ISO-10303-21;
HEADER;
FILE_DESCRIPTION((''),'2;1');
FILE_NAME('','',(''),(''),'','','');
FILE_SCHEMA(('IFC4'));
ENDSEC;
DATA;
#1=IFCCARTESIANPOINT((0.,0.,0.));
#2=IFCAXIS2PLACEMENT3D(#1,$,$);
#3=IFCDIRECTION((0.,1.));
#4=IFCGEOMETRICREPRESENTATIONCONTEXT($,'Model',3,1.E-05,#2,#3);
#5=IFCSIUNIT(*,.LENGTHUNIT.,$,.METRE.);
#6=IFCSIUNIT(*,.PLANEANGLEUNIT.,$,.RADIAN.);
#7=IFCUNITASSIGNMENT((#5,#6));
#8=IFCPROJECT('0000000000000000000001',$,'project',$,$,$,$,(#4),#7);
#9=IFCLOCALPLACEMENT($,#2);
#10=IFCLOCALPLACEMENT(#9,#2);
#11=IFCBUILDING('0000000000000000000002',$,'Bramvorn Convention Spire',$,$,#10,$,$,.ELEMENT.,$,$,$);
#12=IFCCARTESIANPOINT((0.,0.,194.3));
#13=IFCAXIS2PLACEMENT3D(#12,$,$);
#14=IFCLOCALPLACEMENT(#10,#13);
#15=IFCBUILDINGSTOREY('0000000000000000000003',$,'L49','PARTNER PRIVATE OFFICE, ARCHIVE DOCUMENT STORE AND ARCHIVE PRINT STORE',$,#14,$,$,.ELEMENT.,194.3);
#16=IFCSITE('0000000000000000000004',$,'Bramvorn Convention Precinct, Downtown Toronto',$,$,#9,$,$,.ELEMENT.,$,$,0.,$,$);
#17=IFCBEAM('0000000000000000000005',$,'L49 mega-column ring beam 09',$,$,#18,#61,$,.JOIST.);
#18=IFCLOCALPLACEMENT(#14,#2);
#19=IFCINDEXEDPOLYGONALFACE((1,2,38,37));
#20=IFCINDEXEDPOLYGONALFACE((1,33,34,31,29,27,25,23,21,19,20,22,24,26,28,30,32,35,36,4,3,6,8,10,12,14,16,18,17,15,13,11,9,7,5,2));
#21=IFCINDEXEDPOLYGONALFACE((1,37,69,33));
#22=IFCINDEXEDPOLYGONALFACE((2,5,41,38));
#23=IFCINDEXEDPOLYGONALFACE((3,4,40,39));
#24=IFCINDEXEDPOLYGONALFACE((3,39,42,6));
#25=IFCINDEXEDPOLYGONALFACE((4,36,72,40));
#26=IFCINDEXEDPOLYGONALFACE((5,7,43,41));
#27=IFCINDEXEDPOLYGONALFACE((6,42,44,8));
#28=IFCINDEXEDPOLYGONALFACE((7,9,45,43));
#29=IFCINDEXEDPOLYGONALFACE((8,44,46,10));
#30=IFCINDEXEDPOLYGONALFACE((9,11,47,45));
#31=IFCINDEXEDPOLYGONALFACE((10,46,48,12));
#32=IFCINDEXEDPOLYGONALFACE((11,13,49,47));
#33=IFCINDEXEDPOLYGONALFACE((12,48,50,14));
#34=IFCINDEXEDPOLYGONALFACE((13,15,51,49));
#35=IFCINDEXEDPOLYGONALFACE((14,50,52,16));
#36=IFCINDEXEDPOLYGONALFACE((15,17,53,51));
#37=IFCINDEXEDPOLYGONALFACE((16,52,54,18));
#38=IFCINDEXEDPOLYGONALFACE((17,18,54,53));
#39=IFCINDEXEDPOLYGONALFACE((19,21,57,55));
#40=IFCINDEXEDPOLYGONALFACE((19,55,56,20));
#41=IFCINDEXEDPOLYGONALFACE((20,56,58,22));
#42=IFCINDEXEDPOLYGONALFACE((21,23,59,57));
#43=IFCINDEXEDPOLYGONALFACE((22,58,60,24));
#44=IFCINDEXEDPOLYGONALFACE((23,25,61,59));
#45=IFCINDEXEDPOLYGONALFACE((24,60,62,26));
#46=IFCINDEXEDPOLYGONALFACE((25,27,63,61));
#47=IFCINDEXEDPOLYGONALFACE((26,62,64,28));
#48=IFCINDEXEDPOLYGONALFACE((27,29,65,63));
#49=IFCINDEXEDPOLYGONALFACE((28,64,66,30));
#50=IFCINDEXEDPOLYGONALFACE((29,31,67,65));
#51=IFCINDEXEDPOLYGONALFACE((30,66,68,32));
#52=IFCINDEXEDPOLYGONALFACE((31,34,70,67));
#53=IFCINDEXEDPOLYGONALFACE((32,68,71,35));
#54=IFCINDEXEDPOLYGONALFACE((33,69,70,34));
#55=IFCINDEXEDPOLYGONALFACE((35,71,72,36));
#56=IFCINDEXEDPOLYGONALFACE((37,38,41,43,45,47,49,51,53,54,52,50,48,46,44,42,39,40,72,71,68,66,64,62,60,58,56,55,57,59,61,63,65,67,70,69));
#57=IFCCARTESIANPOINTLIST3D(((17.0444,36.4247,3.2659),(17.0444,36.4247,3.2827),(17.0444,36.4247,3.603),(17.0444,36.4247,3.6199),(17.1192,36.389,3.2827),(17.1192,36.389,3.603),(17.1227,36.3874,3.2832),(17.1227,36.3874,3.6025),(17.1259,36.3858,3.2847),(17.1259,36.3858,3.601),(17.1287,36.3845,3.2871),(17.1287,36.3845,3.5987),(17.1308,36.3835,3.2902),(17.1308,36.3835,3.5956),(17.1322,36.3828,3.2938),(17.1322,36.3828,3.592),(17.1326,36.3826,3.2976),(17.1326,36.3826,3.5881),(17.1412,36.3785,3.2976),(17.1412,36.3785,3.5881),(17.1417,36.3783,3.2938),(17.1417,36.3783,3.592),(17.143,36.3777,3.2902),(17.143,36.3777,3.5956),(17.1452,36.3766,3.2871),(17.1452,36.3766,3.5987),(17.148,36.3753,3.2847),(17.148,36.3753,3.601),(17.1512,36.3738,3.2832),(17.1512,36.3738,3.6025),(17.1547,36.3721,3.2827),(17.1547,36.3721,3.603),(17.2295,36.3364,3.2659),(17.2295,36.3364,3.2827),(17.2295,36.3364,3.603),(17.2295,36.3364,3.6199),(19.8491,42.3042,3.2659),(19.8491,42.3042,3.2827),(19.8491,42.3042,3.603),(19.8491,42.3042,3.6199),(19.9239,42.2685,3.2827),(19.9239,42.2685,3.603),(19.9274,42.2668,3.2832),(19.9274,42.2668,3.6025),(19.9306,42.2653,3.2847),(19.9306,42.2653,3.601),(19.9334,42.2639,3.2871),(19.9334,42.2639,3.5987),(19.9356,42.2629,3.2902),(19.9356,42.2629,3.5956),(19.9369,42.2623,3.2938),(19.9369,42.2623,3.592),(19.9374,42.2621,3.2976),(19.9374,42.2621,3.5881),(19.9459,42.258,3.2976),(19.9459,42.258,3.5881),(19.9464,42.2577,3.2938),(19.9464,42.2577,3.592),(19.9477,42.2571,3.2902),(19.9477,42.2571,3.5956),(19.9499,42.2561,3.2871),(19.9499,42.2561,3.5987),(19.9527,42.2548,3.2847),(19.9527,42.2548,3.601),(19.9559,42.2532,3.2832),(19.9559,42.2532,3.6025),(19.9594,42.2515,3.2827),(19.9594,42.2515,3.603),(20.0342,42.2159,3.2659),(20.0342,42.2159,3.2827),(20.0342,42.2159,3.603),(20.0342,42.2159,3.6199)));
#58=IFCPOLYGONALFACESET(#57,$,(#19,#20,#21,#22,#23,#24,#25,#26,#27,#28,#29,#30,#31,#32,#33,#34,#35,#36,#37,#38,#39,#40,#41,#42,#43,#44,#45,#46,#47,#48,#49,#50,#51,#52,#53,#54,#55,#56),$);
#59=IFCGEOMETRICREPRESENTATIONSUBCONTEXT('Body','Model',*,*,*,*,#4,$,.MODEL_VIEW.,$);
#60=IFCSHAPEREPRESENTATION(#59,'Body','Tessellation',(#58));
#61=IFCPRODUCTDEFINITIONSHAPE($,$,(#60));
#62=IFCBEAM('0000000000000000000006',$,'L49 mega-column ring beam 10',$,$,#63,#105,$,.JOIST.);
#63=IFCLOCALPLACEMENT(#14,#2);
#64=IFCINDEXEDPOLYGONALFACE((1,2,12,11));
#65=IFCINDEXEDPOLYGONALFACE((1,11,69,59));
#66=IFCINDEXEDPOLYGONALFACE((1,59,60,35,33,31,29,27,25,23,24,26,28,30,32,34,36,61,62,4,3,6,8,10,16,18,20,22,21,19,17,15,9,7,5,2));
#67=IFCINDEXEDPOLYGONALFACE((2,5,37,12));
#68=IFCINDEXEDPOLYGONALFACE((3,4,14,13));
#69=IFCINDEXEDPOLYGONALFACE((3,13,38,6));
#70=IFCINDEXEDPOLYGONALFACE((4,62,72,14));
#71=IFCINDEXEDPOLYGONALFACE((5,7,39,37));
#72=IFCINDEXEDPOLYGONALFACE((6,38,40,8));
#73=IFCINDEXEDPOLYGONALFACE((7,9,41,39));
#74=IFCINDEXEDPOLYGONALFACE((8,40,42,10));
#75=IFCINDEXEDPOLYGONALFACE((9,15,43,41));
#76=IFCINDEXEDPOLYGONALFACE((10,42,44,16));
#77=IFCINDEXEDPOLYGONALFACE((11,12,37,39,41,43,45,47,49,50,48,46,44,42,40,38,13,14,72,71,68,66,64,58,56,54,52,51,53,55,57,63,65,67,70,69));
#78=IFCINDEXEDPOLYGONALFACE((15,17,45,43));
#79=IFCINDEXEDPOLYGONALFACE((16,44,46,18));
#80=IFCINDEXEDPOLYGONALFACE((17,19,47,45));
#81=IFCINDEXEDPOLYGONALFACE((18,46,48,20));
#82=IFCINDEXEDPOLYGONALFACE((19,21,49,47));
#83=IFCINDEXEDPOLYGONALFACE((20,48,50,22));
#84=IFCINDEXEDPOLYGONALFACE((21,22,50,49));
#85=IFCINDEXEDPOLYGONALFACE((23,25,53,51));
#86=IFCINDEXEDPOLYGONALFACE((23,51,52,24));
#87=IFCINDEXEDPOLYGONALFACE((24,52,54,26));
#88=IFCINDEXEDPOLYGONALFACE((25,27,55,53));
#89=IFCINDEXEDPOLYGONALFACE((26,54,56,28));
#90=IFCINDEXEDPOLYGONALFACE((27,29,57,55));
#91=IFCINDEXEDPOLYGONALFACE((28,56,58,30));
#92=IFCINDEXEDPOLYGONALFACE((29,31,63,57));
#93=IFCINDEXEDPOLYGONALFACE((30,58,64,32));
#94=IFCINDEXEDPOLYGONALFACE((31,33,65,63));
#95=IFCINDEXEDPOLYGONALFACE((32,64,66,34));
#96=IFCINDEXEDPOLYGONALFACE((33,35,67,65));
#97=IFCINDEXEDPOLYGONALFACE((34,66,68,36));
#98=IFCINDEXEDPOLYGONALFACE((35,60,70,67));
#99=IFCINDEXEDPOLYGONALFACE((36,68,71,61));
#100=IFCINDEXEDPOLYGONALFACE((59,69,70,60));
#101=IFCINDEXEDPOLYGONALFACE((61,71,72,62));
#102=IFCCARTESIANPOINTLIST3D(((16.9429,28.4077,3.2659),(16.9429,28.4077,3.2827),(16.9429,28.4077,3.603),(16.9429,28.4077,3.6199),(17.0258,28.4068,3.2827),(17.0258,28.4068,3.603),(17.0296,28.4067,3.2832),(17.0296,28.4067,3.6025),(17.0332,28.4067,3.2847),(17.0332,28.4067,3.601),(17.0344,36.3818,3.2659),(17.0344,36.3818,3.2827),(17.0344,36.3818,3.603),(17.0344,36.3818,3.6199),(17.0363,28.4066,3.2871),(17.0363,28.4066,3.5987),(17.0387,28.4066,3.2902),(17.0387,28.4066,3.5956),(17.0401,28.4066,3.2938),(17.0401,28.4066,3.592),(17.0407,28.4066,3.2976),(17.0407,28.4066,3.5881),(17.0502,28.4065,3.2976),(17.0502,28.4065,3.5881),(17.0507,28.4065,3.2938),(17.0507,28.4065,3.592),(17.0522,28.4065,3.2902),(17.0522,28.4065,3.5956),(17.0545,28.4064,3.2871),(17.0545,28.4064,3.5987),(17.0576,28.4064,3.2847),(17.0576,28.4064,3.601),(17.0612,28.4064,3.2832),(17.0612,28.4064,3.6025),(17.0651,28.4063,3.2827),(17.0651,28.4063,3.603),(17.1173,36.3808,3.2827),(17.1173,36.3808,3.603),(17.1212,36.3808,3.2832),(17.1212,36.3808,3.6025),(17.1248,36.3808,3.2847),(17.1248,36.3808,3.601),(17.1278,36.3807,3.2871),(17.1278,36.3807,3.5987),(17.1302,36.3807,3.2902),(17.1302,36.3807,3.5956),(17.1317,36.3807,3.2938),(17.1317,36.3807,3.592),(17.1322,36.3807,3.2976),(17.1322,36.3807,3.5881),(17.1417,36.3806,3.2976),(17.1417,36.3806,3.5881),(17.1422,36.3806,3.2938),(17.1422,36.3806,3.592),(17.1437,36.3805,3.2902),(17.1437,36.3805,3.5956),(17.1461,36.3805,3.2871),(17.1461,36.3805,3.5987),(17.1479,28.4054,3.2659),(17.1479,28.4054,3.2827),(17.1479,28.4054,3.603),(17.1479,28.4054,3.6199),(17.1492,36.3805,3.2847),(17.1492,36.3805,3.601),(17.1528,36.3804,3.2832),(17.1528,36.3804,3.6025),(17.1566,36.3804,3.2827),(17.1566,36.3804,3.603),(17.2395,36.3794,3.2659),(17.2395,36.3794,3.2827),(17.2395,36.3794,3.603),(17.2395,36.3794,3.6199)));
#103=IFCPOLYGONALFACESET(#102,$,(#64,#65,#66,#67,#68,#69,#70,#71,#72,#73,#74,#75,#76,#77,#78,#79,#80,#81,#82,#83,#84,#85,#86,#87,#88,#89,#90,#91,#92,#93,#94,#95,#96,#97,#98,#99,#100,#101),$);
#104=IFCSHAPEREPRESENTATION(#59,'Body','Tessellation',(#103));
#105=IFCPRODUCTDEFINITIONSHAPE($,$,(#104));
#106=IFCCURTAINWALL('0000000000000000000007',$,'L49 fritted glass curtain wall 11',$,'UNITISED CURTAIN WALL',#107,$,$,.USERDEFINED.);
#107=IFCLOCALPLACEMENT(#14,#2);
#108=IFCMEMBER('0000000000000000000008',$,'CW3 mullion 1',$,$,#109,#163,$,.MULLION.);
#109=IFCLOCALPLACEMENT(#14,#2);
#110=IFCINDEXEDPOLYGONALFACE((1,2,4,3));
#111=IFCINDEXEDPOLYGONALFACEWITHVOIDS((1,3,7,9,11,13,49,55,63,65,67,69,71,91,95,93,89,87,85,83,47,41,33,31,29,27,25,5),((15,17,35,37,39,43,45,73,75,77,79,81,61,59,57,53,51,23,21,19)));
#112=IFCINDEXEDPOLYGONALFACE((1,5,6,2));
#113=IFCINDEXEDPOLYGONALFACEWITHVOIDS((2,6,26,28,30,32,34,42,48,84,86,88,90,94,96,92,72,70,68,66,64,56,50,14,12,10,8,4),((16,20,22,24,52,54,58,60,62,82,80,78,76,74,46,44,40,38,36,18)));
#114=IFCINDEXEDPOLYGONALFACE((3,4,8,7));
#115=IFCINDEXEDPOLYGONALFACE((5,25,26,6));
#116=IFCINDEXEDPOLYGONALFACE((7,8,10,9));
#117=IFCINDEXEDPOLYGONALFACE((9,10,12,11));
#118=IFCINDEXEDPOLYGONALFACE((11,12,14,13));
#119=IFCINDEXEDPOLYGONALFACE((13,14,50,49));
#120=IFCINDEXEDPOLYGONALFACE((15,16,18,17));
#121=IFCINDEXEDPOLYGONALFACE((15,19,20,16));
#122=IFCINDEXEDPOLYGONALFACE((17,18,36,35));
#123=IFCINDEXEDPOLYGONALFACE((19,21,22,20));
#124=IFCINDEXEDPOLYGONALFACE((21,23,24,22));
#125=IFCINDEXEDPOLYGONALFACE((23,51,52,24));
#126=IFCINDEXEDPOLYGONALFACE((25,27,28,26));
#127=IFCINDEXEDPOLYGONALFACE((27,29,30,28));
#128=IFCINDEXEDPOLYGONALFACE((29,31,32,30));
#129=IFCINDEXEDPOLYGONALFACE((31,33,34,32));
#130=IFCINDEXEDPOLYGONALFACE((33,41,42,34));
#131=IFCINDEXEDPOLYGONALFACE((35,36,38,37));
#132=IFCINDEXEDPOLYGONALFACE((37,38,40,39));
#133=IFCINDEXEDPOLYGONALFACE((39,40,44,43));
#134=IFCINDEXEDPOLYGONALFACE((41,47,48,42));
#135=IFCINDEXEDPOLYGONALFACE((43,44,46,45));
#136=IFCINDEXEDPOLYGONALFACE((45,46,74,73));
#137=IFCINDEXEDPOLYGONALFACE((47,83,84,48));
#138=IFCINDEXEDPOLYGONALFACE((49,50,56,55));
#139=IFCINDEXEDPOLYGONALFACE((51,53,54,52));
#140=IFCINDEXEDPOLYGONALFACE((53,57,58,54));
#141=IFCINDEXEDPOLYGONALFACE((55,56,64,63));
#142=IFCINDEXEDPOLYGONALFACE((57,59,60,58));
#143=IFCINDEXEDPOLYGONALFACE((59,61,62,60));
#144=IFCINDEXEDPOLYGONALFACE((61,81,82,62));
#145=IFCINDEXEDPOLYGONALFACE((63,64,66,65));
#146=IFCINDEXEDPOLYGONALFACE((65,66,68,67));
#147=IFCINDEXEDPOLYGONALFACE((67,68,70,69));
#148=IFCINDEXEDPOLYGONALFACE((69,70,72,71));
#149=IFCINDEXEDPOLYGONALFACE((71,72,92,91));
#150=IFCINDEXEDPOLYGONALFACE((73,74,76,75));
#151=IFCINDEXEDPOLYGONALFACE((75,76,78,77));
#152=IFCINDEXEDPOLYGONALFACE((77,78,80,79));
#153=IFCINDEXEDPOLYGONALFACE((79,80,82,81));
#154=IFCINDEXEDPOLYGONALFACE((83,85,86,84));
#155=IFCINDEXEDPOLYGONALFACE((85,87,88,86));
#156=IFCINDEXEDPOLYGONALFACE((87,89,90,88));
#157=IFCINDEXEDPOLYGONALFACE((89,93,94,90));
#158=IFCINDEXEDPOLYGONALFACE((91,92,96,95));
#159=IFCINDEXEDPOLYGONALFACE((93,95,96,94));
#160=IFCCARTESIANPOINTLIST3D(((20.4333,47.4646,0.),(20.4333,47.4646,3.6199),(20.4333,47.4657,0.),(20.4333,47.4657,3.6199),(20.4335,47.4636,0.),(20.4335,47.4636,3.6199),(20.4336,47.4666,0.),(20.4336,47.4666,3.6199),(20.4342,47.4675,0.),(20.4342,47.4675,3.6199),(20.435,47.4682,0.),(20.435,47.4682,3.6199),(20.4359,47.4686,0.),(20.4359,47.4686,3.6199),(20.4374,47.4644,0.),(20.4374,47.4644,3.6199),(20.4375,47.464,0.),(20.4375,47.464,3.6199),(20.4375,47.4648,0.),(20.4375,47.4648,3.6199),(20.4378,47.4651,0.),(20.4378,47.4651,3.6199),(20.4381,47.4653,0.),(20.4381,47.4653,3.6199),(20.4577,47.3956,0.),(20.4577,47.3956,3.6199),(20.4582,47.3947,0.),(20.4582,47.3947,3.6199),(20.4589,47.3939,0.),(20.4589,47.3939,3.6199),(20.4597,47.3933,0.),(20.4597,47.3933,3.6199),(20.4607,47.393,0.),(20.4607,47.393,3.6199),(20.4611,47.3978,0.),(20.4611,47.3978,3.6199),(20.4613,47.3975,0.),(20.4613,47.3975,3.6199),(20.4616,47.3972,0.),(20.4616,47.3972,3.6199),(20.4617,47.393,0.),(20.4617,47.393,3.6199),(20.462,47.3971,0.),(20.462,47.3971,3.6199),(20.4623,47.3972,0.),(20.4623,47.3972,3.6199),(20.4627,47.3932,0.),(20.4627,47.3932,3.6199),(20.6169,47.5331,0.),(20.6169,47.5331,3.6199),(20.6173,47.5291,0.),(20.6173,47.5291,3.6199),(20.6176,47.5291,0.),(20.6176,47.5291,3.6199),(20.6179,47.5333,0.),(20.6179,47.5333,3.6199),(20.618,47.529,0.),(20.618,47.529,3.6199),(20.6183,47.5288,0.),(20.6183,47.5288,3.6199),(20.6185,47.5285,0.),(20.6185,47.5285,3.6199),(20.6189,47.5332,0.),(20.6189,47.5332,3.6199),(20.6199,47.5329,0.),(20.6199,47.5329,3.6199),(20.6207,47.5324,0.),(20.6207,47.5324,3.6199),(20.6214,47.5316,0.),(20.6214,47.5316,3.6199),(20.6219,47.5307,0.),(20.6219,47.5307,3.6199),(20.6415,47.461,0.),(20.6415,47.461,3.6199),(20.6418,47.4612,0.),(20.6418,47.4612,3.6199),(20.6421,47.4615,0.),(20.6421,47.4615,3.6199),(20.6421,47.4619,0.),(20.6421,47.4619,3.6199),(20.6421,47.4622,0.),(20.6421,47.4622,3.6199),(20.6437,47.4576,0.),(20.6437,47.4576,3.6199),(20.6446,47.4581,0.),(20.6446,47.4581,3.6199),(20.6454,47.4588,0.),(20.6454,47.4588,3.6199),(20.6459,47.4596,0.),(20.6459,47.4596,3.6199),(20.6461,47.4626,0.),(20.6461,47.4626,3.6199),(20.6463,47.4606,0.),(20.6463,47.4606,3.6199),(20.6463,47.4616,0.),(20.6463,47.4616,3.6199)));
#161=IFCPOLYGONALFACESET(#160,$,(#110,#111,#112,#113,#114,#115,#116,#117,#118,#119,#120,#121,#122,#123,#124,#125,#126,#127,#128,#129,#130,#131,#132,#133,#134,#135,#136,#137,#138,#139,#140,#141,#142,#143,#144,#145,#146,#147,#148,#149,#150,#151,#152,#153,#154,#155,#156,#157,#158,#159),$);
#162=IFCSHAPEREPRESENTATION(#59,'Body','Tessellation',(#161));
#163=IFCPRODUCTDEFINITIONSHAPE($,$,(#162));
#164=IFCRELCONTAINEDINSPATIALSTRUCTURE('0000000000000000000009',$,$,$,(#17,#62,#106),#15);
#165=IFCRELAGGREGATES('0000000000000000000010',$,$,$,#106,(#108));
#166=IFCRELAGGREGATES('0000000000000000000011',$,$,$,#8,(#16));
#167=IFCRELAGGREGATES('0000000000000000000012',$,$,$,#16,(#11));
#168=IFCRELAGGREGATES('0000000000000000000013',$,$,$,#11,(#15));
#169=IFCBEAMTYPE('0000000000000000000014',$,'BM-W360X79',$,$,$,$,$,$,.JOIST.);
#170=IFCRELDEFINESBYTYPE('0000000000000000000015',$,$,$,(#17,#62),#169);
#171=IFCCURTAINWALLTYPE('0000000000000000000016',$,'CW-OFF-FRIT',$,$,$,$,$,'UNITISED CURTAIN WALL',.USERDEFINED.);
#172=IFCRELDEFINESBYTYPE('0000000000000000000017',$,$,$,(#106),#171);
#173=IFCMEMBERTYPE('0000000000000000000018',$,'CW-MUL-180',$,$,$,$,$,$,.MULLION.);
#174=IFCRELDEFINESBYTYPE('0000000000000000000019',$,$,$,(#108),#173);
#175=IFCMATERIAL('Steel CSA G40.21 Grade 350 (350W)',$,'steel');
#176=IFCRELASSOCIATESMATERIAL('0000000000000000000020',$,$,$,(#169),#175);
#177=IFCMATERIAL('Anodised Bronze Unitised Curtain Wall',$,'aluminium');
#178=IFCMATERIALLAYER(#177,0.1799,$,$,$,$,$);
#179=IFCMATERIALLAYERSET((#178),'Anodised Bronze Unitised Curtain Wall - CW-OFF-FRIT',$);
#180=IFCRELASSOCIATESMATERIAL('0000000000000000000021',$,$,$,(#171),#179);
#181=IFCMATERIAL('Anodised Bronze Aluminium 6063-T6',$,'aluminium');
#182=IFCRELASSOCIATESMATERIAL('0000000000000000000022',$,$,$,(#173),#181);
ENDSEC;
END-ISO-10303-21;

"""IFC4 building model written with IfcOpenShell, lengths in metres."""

from ifc_helpers import new_model, si_unit, direction, frame, origin, origin_2d, place, context, subcontext, project, spatial, hollow_rectangle, i_section, extrude, material, layer, layer_set, material_profile, profile_set, type_object, element, aggregate, save


model = new_model("IFC4")

# Units and contexts
model_context = context("Model", 3, precision=1e-05, world=origin(), true_north=direction((0.0, 1.0)))
body_context = subcontext(model_context, "Body", "Model", "MODEL_VIEW")
ifc_project = project(units=[si_unit("LENGTHUNIT", "METRE"), si_unit("PLANEANGLEUNIT", "RADIAN")], contexts=[model_context])

# Site, building, storey
site_placement = place(None, origin())
site = spatial("IfcSite", under=ifc_project, at=site_placement, Name="Bramvorn Convention Precinct, Downtown Toronto", CompositionType="ELEMENT", RefElevation=0.0)
building_placement = place(site_placement, origin())
building = spatial("IfcBuilding", under=site, at=building_placement, Name="Bramvorn Convention Spire", CompositionType="ELEMENT")
storey_placement = place(building_placement, frame((0.0, 0.0, 194.3)))
storey = spatial("IfcBuildingStorey", under=building, at=storey_placement, Name="L49", Description="PARTNER PRIVATE OFFICE, ARCHIVE DOCUMENT STORE AND ARCHIVE PRINT STORE", CompositionType="ELEMENT", Elevation=194.3)

# Shared definitions
ifc_material_1 = material(Name="Steel CSA G40.21 Grade 350 (350W)", Category="steel")

# Beams
ifc_material_profile_1 = material_profile(ifc_material_1, i_section(OverallWidth=0.2051, OverallDepth=0.354, WebThickness=0.0095, FlangeThickness=0.0168, FilletRadius=0.0149, at=origin_2d()))
ifc_profile_set_1 = profile_set([ifc_material_profile_1], Name="Steel CSA G40.21 Grade 350 (350W) - W360X79")
beam_type_1 = type_object("IfcBeamType", Name="BM-W360X79", PredefinedType="JOIST", material=ifc_profile_set_1)
beam_1_placement = place(storey_placement, frame((19.9417, 42.26, 3.4429), z_axis=(-0.430556, -0.902564, 0.0), x_axis=(0.902564, -0.430556, 0.0)))
element("IfcBeam", 1, at=beam_1_placement, inside=storey, type_object=beam_type_1, Name="L49 mega-column ring beam 09", PredefinedType="JOIST", context=body_context, shape_type="SweptSolid", body=[
    extrude(i_section(OverallWidth=0.2051, OverallDepth=0.354, WebThickness=0.0095, FlangeThickness=0.0168, FilletRadius=0.0149, at=origin_2d()), origin(), (0.0, 0.0, 1.0), 6.5142),
])
beam_2_placement = place(storey_placement, frame((17.137, 36.3806, 3.4429), z_axis=(-0.01148, -0.999934, 0.0), x_axis=(0.999934, -0.01148, 0.0)))
element("IfcBeam", 2, at=beam_2_placement, inside=storey, type_object=beam_type_1, Name="L49 mega-column ring beam 10", PredefinedType="JOIST", context=body_context, shape_type="SweptSolid", body=[
    extrude(i_section(OverallWidth=0.2051, OverallDepth=0.354, WebThickness=0.0095, FlangeThickness=0.0168, FilletRadius=0.0149, at=origin_2d()), origin(), (0.0, 0.0, 1.0), 7.9746),
])

# Curtain wall, member
ifc_material_2 = material(Name="Anodised Bronze Unitised Curtain Wall", Category="aluminium")
ifc_layer_1 = layer(ifc_material_2, 0.1799)
ifc_layer_set_1 = layer_set([ifc_layer_1], Name="Anodised Bronze Unitised Curtain Wall - CW-OFF-FRIT")
curtain_wall_type = type_object("IfcCurtainWallType", Name="CW-OFF-FRIT", ElementType="UNITISED CURTAIN WALL", PredefinedType="USERDEFINED", material=ifc_layer_set_1)
curtain_wall_placement = place(storey_placement, origin())
curtain_wall = element("IfcCurtainWall", 3, at=curtain_wall_placement, inside=storey, type_object=curtain_wall_type, Name="L49 fritted glass curtain wall 11", ObjectType="UNITISED CURTAIN WALL", PredefinedType="USERDEFINED")
ifc_material_3 = material(Name="Anodised Bronze Aluminium 6063-T6", Category="aluminium")
ifc_material_profile_2 = material_profile(ifc_material_3, hollow_rectangle(XDim=0.0801, YDim=0.2, WallThickness=0.0039, InnerFilletRadius=0.001, OuterFilletRadius=0.0039, at=origin_2d()))
ifc_profile_set_2 = profile_set([ifc_material_profile_2], Name="Anodised Bronze Aluminium 6063-T6 - CWM80X200")
member_type_1 = type_object("IfcMemberType", Name="CW-MUL-180", PredefinedType="MULLION", material=ifc_profile_set_2)
member_1_placement = place(storey_placement, frame((20.5398, 47.4631, 0.0), z_axis=(0.0, 0.0, 1.0), x_axis=(-0.335378, 0.942084, 0.0)))
member_1 = element("IfcMember", 4, at=member_1_placement, type_object=member_type_1, Name="CW3 mullion 1", PredefinedType="MULLION", context=body_context, shape_type="SweptSolid", body=[
    extrude(hollow_rectangle(XDim=0.0801, YDim=0.2, WallThickness=0.0039, InnerFilletRadius=0.001, OuterFilletRadius=0.0039, at=origin_2d()), origin(), (0.0, 0.0, 1.0), 3.6199),
])

aggregate(curtain_wall, [member_1])

save(model, "model.ifc")
